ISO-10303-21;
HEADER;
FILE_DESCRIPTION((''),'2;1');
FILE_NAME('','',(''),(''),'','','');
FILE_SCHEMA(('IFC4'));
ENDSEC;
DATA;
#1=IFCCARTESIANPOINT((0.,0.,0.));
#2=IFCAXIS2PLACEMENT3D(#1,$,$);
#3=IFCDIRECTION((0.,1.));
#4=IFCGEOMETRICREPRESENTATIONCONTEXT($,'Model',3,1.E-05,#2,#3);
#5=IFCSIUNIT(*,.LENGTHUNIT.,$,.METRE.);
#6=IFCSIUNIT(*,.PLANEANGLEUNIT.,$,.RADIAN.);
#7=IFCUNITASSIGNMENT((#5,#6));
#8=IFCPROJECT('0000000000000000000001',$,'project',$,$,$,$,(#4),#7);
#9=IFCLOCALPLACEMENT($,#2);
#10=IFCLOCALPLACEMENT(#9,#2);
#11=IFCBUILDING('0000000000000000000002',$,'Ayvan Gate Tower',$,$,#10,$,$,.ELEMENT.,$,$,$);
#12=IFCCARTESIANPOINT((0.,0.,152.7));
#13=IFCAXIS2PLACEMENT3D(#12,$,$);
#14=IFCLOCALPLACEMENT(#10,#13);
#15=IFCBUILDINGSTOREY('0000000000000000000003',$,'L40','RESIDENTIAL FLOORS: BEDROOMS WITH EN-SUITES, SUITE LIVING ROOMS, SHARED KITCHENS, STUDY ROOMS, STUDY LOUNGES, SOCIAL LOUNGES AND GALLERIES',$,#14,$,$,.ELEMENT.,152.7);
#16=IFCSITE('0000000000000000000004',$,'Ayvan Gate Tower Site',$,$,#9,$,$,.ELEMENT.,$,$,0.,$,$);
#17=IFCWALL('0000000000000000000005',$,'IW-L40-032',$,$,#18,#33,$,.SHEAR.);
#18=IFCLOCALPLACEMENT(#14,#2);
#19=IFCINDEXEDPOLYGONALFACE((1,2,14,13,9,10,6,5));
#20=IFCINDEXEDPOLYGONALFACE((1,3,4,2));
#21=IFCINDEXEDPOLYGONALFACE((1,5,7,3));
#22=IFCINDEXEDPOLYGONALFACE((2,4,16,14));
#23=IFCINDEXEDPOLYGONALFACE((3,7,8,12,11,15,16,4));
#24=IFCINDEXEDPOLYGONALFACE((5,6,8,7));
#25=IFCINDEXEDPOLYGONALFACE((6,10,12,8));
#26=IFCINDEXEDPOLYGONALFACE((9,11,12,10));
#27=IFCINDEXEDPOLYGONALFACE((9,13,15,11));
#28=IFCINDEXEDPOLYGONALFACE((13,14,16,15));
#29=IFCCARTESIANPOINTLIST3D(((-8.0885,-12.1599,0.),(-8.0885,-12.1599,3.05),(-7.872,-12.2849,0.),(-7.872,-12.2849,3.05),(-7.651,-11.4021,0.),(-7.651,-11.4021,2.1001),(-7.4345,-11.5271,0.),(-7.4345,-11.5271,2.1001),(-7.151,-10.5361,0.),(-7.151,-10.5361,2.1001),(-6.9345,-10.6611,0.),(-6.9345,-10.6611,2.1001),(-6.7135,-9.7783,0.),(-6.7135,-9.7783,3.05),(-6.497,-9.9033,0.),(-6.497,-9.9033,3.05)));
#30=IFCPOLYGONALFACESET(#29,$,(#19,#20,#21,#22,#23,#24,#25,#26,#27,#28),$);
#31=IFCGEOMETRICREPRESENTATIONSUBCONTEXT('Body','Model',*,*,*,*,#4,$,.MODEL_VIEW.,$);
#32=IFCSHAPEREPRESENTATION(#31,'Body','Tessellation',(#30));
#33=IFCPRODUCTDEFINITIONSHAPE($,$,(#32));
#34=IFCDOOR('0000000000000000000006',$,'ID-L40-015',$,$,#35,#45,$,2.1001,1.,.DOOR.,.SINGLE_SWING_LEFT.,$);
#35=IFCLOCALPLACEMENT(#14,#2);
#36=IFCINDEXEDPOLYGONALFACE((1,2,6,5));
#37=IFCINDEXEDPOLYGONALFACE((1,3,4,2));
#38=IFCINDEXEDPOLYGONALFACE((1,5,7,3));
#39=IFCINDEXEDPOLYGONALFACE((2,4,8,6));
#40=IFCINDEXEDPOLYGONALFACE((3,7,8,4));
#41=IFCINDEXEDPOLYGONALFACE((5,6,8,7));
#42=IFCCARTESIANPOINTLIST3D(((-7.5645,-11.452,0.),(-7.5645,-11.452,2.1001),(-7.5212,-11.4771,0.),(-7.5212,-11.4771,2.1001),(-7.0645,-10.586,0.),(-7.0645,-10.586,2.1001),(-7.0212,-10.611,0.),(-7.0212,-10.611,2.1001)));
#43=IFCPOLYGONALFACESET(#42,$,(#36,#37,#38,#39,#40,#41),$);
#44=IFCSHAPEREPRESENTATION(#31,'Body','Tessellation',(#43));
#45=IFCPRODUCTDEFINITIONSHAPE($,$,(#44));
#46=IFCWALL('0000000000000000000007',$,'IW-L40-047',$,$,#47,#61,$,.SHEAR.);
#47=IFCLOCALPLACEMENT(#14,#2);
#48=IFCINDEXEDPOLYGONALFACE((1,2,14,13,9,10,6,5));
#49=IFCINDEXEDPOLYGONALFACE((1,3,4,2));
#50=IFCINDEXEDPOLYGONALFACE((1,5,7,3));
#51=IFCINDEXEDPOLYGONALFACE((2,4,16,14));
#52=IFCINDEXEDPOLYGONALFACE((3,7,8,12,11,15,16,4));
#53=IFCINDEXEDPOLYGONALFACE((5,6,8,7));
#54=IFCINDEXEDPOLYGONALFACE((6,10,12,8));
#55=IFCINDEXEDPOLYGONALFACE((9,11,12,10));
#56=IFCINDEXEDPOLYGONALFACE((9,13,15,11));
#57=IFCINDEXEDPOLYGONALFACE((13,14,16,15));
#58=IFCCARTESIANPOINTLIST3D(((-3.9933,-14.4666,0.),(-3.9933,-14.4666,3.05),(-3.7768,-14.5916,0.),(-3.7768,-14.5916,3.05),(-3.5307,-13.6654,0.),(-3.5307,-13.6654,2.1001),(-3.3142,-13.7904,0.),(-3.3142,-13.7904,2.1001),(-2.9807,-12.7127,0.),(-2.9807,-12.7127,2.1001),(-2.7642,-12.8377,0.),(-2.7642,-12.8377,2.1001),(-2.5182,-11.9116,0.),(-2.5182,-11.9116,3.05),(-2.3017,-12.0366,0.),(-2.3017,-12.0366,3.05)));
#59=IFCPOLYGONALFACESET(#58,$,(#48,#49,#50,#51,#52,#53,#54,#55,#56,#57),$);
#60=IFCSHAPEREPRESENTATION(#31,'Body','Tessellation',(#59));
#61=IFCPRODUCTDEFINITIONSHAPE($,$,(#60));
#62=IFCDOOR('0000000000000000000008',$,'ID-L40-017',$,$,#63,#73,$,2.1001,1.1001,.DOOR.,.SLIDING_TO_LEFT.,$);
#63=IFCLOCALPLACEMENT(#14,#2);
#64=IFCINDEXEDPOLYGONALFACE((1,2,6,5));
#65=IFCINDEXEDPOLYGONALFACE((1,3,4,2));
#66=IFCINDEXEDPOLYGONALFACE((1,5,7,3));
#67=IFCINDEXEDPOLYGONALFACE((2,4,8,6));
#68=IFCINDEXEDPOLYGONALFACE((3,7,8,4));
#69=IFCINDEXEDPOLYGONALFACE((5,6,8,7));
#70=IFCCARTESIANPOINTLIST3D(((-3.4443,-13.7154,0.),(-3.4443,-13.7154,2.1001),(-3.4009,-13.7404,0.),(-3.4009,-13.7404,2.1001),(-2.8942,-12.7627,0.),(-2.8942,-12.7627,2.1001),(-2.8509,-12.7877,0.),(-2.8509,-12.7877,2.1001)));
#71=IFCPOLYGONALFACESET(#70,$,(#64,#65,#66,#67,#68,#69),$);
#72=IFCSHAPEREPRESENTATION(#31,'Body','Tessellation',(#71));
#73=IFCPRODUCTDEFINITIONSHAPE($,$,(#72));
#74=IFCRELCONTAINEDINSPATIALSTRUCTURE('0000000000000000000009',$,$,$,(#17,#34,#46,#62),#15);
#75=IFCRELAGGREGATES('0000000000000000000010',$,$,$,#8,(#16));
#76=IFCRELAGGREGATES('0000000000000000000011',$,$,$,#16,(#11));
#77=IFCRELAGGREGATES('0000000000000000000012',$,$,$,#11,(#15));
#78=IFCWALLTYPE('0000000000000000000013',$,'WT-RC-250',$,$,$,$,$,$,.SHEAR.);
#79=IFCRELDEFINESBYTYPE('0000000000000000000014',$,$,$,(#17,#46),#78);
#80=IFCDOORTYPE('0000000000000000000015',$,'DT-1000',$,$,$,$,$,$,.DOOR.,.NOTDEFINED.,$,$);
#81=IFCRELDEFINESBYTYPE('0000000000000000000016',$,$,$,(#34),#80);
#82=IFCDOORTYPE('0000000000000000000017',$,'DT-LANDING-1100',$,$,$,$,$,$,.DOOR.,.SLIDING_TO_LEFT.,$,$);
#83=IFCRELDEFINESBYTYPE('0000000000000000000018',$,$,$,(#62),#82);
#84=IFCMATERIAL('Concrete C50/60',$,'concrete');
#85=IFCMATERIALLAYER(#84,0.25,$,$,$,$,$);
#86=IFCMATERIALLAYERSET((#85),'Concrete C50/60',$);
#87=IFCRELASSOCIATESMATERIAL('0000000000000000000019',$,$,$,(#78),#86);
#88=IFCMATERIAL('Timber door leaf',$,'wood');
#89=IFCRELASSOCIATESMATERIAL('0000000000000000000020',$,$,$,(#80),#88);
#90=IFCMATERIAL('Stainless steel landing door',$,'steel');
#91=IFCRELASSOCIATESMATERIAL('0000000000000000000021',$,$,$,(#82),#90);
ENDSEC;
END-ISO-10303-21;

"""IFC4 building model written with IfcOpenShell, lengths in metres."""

from ifc_helpers import new_model, si_unit, direction, frame, frame_2d, origin, place, context, subcontext, project, spatial, rectangle, extrude, material, layer, layer_set, type_object, element, fill, save


model = new_model("IFC4")

# Units and contexts
model_context = context("Model", 3, precision=1e-05, world=origin(), true_north=direction((0.0, 1.0)))
body_context = subcontext(model_context, "Body", "Model", "MODEL_VIEW")
ifc_project = project(units=[si_unit("LENGTHUNIT", "METRE"), si_unit("PLANEANGLEUNIT", "RADIAN")], contexts=[model_context])

# Site, building, storey
site_placement = place(None, origin())
site = spatial("IfcSite", under=ifc_project, at=site_placement, Name="Ayvan Gate Tower Site", CompositionType="ELEMENT", RefElevation=0.0)
building_placement = place(site_placement, origin())
building = spatial("IfcBuilding", under=site, at=building_placement, Name="Ayvan Gate Tower", CompositionType="ELEMENT")
storey_placement = place(building_placement, frame((0.0, 0.0, 152.7)))
storey = spatial("IfcBuildingStorey", under=building, at=storey_placement, Name="L40", Description="RESIDENTIAL FLOORS: BEDROOMS WITH EN-SUITES, SUITE LIVING ROOMS, SHARED KITCHENS, STUDY ROOMS, STUDY LOUNGES, SOCIAL LOUNGES AND GALLERIES", CompositionType="ELEMENT", Elevation=152.7)

# Shared definitions
ifc_material_1 = material(Name="Timber door leaf", Category="wood")

# Walls, openings, doors
ifc_material_2 = material(Name="Concrete C50/60", Category="concrete")
ifc_layer_1 = layer(ifc_material_2, 0.25)
ifc_layer_set_1 = layer_set([ifc_layer_1], Name="Concrete C50/60")
wall_type_1 = type_object("IfcWallType", Name="WT-RC-250", PredefinedType="SHEAR", material=ifc_layer_set_1)
wall_1_placement = place(storey_placement, frame((-6.6052, -9.8408, 0.0), z_axis=(0.0, 0.0, 1.0), x_axis=(-0.499997, -0.866027, 0.0)))
wall_1 = element("IfcWall", 1, at=wall_1_placement, inside=storey, type_object=wall_type_1, Name="IW-L40-032", PredefinedType="SHEAR", context=body_context, shape_type="SweptSolid", body=[
    extrude(rectangle(XDim=2.75, YDim=0.25, at=frame_2d((1.375, 0.0))), origin(), (0.0, 0.0, 1.0), 3.05),
])
opening_1_placement = place(wall_1_placement, frame((0.875, 0.0, 0.0)))
opening_1 = element("IfcOpeningElement", 2, at=opening_1_placement, cuts=wall_1, PredefinedType="OPENING", context=body_context, shape_type="SweptSolid", body=[
    extrude(rectangle(XDim=1.0, YDim=2.1001, at=frame_2d((0.5, 1.05))), frame((0.0, 0.135, 0.0), z_axis=(0.0, -1.0, 0.0), x_axis=(1.0, 0.0, 0.0)), (0.0, 0.0, 1.0), 0.27),
])
door_type_1 = type_object("IfcDoorType", Name="DT-1000", OperationType="NOTDEFINED", PredefinedType="DOOR", material=ifc_material_1)
door_1_placement = place(opening_1_placement, origin())
door_1 = element("IfcDoor", 3, at=door_1_placement, inside=storey, type_object=door_type_1, Name="ID-L40-015", OperationType="SINGLE_SWING_LEFT", OverallHeight=2.1001, OverallWidth=1.0, PredefinedType="DOOR", context=body_context, shape_type="SweptSolid", body=[
    extrude(rectangle(XDim=1.0, YDim=2.1001, at=frame_2d((0.5, 1.05))), frame((0.0, 0.0249, 0.0), z_axis=(0.0, -1.0, 0.0), x_axis=(1.0, 0.0, 0.0)), (0.0, 0.0, 1.0), 0.05),
])
fill(opening_1, door_1)
wall_2_placement = place(storey_placement, frame((-2.4099, -11.9741, 0.0), z_axis=(0.0, 0.0, 1.0), x_axis=(-0.500002, -0.866024, 0.0)))
wall_2 = element("IfcWall", 4, at=wall_2_placement, inside=storey, type_object=wall_type_1, Name="IW-L40-047", PredefinedType="SHEAR", context=body_context, shape_type="SweptSolid", body=[
    extrude(rectangle(XDim=2.9502, YDim=0.25, at=frame_2d((1.4751, 0.0))), origin(), (0.0, 0.0, 1.0), 3.05),
])
opening_2_placement = place(wall_2_placement, frame((0.925, 0.0, 0.0)))
opening_2 = element("IfcOpeningElement", 5, at=opening_2_placement, cuts=wall_2, PredefinedType="OPENING", context=body_context, shape_type="SweptSolid", body=[
    extrude(rectangle(XDim=1.1001, YDim=2.1001, at=frame_2d((0.55, 1.05))), frame((0.0, 0.135, 0.0), z_axis=(0.0, -1.0, 0.0), x_axis=(1.0, 0.0, 0.0)), (0.0, 0.0, 1.0), 0.27),
])
ifc_material_3 = material(Name="Stainless steel landing door", Category="steel")
door_type_2 = type_object("IfcDoorType", Name="DT-LANDING-1100", OperationType="SLIDING_TO_LEFT", PredefinedType="DOOR", material=ifc_material_3)
door_2_placement = place(opening_2_placement, origin())
door_2 = element("IfcDoor", 6, at=door_2_placement, inside=storey, type_object=door_type_2, Name="ID-L40-017", OperationType="SLIDING_TO_LEFT", OverallHeight=2.1001, OverallWidth=1.1001, PredefinedType="DOOR", context=body_context, shape_type="SweptSolid", body=[
    extrude(rectangle(XDim=1.1001, YDim=2.1001, at=frame_2d((0.55, 1.05))), frame((0.0, 0.0249, 0.0), z_axis=(0.0, -1.0, 0.0), x_axis=(1.0, 0.0, 0.0)), (0.0, 0.0, 1.0), 0.05),
])
fill(opening_2, door_2)

save(model, "model.ifc")
